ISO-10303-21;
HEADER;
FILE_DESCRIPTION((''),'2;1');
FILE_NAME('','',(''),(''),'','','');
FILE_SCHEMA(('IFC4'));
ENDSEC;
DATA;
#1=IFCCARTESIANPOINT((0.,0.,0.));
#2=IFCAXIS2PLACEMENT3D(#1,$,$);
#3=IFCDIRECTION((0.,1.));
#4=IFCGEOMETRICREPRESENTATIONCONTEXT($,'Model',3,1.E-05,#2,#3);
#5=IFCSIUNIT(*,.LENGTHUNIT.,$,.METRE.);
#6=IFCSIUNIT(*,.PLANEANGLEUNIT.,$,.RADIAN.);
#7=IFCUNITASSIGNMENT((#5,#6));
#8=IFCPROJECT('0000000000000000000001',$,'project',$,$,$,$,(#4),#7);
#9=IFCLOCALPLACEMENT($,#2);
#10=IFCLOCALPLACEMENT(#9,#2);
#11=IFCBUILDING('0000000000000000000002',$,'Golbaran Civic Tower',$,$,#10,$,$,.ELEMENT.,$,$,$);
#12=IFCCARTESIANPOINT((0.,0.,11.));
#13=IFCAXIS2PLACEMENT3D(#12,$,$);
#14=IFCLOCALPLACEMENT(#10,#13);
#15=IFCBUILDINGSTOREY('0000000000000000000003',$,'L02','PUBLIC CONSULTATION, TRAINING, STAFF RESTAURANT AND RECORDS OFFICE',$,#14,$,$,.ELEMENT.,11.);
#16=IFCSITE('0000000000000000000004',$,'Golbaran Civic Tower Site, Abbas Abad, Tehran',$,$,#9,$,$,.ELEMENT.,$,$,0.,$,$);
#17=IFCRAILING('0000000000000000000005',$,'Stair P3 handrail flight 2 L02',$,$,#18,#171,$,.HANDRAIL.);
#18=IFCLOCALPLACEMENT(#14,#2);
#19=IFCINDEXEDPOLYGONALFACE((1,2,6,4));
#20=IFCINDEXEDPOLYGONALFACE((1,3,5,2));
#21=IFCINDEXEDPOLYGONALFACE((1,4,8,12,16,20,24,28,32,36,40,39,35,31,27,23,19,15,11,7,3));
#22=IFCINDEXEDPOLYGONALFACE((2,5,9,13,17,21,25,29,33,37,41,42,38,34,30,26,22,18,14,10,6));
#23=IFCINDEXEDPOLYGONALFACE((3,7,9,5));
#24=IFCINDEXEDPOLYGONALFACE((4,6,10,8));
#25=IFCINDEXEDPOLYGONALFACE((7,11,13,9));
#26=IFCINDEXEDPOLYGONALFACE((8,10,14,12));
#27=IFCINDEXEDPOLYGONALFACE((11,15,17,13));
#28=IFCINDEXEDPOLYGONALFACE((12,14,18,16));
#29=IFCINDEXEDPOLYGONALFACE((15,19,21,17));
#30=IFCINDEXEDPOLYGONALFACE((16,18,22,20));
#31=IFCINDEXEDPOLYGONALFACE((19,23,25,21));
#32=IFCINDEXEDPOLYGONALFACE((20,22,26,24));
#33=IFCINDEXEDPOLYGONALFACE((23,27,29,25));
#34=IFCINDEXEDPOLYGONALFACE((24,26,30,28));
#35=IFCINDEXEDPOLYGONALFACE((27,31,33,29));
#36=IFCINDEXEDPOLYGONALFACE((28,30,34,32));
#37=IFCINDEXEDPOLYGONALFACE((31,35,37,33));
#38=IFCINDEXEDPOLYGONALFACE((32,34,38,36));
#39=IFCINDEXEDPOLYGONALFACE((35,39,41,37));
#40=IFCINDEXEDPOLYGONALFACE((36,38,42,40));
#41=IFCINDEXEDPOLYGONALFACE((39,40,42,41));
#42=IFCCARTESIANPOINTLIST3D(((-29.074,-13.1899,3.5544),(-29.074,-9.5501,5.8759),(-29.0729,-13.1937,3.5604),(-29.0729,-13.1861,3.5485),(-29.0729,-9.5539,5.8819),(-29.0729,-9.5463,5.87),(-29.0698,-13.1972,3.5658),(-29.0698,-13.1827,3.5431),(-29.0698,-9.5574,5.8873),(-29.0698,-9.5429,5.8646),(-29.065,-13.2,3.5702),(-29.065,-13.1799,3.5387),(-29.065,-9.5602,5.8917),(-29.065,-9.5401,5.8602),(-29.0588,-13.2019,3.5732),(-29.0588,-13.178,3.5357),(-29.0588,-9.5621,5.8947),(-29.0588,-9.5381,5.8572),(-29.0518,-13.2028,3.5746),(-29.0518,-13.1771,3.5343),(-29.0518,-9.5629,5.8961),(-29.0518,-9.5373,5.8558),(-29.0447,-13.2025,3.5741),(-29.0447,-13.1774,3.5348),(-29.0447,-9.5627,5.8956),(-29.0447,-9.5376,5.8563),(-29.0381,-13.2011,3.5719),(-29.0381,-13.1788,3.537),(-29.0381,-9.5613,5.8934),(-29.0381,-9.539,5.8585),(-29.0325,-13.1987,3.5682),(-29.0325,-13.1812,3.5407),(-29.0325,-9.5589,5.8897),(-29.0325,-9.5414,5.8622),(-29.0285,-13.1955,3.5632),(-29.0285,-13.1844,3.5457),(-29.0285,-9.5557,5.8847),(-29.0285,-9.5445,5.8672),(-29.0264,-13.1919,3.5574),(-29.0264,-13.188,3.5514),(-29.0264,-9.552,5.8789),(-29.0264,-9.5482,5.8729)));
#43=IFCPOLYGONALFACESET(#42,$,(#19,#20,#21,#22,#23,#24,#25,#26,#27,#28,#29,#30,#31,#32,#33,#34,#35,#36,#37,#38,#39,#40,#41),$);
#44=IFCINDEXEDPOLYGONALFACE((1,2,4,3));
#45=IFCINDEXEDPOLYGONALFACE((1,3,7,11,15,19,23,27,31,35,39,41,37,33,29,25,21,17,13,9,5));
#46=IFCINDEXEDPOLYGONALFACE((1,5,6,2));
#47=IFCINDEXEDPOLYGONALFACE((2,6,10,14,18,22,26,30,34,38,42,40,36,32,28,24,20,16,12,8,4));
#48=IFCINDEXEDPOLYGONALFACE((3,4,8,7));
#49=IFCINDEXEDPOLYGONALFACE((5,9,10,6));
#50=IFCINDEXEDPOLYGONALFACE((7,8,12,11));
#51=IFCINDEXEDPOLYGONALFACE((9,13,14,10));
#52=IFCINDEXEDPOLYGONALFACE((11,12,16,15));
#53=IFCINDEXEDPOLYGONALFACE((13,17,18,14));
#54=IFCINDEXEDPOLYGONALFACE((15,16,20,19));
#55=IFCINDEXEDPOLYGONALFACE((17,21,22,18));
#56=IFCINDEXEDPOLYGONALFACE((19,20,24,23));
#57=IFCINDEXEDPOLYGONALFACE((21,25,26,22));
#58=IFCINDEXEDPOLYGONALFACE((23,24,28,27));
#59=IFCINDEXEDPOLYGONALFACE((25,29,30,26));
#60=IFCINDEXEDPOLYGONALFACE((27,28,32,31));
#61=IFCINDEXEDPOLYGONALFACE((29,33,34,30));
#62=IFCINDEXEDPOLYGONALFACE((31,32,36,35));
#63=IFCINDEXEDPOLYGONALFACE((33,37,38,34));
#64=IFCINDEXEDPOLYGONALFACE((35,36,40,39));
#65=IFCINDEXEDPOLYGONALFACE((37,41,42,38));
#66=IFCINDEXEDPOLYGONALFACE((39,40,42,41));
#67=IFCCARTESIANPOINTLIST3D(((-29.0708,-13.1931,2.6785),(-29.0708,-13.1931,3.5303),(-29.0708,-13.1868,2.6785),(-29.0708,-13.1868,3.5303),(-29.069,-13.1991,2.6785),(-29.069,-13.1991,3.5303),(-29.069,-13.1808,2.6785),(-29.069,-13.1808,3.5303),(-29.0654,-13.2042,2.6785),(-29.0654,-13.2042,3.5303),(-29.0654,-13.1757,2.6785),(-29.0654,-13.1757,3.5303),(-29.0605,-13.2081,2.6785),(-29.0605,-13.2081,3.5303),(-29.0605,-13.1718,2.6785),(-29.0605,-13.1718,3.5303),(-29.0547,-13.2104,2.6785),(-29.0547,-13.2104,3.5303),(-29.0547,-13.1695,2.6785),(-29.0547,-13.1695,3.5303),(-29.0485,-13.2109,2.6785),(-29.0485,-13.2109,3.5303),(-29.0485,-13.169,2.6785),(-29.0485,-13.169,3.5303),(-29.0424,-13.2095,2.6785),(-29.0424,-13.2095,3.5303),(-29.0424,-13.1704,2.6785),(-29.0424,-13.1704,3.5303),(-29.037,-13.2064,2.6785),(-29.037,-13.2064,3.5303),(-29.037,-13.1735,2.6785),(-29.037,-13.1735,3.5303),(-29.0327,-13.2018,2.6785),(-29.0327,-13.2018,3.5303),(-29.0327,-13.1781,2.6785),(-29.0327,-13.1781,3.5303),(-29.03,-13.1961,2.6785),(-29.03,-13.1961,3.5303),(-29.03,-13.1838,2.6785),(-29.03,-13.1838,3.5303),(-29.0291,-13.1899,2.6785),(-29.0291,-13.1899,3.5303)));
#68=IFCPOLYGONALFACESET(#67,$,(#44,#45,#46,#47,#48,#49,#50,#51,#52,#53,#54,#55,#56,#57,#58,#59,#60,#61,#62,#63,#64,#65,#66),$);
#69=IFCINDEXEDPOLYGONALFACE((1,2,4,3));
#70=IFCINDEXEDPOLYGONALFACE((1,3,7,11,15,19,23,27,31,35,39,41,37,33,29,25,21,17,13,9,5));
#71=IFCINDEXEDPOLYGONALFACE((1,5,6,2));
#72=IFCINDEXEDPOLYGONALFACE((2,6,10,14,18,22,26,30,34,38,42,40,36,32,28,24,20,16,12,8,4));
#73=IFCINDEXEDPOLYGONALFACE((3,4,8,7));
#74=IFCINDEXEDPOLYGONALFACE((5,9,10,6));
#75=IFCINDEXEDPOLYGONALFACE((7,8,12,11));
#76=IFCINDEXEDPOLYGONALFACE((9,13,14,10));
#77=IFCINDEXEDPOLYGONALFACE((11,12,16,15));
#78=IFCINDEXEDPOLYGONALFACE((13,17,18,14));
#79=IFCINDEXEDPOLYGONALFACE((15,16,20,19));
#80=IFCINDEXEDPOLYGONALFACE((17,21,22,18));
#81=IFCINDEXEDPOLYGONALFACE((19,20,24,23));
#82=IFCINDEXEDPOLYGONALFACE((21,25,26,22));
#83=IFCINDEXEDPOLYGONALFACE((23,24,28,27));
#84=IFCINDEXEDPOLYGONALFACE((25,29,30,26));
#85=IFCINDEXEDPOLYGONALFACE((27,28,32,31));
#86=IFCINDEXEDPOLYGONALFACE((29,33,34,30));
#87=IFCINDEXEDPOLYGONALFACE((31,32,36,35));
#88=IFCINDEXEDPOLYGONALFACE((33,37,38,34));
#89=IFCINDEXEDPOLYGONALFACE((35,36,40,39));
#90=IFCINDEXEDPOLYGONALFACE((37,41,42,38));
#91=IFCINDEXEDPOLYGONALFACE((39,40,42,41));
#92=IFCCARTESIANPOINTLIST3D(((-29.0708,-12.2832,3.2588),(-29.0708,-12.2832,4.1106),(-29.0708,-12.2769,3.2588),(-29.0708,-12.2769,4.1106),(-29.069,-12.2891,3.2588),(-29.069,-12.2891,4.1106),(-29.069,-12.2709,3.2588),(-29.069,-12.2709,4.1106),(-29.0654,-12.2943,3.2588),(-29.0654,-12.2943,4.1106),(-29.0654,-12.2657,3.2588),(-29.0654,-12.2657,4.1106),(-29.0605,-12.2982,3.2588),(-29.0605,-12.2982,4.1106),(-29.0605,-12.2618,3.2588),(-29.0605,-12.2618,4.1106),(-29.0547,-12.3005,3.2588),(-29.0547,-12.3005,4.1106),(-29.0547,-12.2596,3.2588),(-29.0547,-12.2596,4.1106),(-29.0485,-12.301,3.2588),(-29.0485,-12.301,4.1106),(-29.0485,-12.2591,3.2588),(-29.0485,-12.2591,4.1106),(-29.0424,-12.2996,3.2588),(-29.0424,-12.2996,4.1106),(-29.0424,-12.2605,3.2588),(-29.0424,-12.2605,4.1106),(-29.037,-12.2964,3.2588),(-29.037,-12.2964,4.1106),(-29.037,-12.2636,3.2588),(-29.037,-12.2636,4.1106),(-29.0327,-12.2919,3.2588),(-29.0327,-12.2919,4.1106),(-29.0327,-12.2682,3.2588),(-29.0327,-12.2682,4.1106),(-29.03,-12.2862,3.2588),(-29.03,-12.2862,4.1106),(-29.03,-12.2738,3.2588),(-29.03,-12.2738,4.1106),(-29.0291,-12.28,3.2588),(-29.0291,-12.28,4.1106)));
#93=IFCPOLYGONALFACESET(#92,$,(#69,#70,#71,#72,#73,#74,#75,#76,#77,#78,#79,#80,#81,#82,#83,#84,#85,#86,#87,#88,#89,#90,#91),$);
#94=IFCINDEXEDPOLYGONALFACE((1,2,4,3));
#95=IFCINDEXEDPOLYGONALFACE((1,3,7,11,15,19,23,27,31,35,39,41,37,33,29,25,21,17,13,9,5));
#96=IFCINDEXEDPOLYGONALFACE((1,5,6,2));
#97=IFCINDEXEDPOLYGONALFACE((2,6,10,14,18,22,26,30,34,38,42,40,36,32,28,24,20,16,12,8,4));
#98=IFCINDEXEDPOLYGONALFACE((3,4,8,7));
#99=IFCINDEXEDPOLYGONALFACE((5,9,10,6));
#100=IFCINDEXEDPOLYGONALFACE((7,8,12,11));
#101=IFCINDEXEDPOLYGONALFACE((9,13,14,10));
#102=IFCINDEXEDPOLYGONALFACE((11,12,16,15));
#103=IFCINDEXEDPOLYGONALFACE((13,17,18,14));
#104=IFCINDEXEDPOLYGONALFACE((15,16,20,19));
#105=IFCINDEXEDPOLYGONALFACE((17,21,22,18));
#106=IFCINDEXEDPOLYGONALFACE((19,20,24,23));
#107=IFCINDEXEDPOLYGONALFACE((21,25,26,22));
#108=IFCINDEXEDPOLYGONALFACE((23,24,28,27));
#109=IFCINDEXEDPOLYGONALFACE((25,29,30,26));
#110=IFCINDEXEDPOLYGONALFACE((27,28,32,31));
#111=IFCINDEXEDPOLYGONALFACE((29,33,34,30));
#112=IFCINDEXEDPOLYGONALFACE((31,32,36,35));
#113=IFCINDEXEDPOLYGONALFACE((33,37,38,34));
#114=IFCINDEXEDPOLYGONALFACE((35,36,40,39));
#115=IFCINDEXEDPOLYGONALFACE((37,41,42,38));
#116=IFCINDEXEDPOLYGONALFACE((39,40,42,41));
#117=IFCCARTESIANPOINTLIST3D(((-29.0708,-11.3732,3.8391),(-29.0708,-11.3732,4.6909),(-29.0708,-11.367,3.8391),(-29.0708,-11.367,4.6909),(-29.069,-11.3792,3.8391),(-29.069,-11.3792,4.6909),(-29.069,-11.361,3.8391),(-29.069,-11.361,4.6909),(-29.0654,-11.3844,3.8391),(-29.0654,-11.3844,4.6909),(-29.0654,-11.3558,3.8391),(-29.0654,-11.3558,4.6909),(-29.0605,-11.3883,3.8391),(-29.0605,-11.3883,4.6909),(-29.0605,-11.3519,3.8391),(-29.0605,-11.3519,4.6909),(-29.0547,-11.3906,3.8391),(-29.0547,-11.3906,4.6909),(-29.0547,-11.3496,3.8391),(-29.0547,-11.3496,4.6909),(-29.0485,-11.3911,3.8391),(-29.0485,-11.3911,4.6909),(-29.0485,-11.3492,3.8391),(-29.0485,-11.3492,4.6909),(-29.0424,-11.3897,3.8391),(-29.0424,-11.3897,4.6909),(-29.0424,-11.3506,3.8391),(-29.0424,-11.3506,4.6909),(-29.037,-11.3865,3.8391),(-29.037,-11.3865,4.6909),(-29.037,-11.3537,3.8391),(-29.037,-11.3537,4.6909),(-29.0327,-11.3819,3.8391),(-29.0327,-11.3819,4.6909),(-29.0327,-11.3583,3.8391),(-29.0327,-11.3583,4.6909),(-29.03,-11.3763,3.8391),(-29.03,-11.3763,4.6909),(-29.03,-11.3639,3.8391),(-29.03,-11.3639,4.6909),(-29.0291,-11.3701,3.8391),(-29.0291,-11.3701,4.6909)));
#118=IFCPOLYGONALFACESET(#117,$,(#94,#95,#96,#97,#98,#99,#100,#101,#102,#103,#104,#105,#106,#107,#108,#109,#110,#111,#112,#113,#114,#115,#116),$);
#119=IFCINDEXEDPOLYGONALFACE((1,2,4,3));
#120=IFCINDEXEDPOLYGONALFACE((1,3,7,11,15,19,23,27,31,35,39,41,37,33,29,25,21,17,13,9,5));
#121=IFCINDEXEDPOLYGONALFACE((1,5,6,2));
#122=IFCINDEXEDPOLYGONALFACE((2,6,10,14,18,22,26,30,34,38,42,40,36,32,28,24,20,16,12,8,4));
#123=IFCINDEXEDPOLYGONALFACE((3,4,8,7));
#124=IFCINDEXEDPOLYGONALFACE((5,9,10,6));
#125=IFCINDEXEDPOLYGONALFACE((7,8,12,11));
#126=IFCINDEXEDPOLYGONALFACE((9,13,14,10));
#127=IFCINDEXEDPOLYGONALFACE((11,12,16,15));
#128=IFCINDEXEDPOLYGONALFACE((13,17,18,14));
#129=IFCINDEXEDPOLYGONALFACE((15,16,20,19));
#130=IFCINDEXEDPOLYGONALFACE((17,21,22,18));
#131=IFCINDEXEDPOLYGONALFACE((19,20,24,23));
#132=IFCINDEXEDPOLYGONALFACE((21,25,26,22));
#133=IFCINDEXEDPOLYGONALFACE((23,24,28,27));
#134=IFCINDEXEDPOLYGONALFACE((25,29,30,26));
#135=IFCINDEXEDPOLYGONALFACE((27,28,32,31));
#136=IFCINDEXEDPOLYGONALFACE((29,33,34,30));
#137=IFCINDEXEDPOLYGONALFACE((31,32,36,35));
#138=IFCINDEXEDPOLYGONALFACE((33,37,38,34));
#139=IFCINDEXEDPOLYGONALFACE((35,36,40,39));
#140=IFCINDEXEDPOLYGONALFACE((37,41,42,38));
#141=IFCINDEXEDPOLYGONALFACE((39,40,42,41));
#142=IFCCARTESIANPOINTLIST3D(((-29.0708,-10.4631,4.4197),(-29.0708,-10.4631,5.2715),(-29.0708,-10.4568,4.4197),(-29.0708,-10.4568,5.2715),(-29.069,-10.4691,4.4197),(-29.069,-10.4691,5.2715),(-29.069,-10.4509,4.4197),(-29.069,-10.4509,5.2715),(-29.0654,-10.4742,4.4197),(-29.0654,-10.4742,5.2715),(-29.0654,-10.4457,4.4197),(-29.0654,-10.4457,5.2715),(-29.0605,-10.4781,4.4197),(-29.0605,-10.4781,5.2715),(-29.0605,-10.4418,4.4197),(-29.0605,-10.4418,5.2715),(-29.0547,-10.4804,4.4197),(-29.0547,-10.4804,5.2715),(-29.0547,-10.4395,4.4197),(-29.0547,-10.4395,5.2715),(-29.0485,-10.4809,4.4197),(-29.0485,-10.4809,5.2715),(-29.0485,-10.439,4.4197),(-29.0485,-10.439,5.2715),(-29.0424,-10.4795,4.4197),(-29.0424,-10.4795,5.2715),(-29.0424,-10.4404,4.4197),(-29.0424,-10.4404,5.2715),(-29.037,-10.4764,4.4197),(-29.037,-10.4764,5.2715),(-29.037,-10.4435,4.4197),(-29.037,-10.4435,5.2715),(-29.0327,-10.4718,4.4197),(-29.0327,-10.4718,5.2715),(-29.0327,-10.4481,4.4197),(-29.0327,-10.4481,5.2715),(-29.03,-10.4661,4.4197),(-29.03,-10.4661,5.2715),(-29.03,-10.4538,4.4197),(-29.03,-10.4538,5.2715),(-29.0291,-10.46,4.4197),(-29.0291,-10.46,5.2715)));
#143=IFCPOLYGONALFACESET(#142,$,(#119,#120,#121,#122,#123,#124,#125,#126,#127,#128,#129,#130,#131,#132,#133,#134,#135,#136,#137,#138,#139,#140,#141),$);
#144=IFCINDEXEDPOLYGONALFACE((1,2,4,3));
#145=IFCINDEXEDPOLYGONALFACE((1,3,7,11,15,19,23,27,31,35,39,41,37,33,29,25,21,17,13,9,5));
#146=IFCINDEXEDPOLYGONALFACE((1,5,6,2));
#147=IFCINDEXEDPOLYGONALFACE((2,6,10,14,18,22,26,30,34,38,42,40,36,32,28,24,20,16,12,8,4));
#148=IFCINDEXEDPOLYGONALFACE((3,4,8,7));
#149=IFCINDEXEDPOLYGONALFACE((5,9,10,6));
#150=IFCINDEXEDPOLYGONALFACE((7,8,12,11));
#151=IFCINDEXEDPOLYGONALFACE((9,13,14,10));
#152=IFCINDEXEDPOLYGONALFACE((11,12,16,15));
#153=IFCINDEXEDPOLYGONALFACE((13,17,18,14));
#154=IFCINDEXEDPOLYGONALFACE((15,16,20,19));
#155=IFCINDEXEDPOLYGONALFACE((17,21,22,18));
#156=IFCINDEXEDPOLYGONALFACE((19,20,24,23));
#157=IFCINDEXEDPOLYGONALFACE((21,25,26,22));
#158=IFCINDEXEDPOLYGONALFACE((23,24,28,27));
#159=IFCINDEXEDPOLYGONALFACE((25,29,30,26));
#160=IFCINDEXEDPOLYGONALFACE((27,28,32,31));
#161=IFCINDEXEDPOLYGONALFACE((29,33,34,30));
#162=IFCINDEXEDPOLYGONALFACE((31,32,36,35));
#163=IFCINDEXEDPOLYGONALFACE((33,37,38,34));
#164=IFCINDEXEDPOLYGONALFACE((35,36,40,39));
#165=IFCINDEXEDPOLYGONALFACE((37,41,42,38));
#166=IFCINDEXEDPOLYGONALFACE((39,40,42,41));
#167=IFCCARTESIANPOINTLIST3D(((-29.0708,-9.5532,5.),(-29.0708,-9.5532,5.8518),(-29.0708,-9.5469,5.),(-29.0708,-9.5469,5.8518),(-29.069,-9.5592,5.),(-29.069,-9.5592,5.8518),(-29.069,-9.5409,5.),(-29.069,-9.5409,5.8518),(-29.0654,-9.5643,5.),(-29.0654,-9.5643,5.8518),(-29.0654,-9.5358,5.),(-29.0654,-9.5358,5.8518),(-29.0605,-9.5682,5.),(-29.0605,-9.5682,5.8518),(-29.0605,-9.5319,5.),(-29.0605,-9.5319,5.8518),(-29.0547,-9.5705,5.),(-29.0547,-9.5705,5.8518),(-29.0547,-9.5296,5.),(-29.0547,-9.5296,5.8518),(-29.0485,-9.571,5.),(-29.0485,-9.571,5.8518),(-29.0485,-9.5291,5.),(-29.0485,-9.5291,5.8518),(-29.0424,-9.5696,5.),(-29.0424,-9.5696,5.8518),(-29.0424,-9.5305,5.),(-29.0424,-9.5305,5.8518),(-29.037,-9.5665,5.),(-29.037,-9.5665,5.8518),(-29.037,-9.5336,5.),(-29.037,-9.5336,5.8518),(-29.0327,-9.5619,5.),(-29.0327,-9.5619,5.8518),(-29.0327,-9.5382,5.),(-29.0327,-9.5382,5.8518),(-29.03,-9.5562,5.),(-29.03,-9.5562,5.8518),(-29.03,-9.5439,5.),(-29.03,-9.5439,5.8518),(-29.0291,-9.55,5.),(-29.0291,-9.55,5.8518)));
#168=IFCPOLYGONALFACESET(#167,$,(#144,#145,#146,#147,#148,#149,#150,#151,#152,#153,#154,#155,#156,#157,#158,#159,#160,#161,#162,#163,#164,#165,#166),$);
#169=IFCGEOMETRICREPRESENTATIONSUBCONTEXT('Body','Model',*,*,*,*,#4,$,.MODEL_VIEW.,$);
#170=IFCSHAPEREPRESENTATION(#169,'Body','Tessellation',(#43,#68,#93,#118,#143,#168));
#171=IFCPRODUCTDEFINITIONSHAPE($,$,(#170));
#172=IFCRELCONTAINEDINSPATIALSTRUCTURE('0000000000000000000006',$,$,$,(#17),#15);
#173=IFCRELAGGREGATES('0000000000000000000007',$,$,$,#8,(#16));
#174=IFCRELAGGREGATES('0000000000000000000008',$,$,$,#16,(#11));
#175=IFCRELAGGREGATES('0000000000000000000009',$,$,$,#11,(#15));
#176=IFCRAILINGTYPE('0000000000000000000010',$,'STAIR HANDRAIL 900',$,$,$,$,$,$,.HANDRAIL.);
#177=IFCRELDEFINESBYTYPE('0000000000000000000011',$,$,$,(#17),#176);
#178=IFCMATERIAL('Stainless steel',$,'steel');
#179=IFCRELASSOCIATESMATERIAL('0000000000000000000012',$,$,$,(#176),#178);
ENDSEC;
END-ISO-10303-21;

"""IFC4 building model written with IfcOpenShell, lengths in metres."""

from ifc_helpers import new_model, si_unit, direction, frame, origin, origin_2d, place, context, subcontext, project, spatial, circle, extrude, material, type_object, element, save


model = new_model("IFC4")

# Units and contexts
model_context = context("Model", 3, precision=1e-05, world=origin(), true_north=direction((0.0, 1.0)))
body_context = subcontext(model_context, "Body", "Model", "MODEL_VIEW")
ifc_project = project(units=[si_unit("LENGTHUNIT", "METRE"), si_unit("PLANEANGLEUNIT", "RADIAN")], contexts=[model_context])

# Site, building, storey
site_placement = place(None, origin())
site = spatial("IfcSite", under=ifc_project, at=site_placement, Name="Golbaran Civic Tower Site, Abbas Abad, Tehran", CompositionType="ELEMENT", RefElevation=0.0)
building_placement = place(site_placement, origin())
building = spatial("IfcBuilding", under=site, at=building_placement, Name="Golbaran Civic Tower", CompositionType="ELEMENT")
storey_placement = place(building_placement, frame((0.0, 0.0, 11.0)))
storey = spatial("IfcBuildingStorey", under=building, at=storey_placement, Name="L02", Description="PUBLIC CONSULTATION, TRAINING, STAFF RESTAURANT AND RECORDS OFFICE", CompositionType="ELEMENT", Elevation=11.0)

# Railing
ifc_material_1 = material(Name="Stainless steel", Category="steel")
railing_type_1 = type_object("IfcRailingType", Name="STAIR HANDRAIL 900", PredefinedType="HANDRAIL", material=ifc_material_1)
railing_1_placement = place(storey_placement, frame((-29.05, -13.1899, 2.6785)))
element("IfcRailing", 1, at=railing_1_placement, inside=storey, type_object=railing_type_1, Name="Stair P3 handrail flight 2 L02", PredefinedType="HANDRAIL", context=body_context, shape_type="SweptSolid", body=[
    extrude(circle(Radius=0.0239, at=origin_2d()), frame((0.0, 0.0, 0.876), z_axis=(0.0, 0.843112, 0.537739), x_axis=(-1.0, 0.0, 0.0)), (0.0, 0.0, 1.0), 4.3171),
    extrude(circle(Radius=0.021, at=origin_2d()), origin(), (0.0, 0.0, 1.0), 0.8518),
    extrude(circle(Radius=0.021, at=origin_2d()), frame((0.0, 0.9099, 0.5803)), (0.0, 0.0, 1.0), 0.8518),
    extrude(circle(Radius=0.021, at=origin_2d()), frame((0.0, 1.8198, 1.1606)), (0.0, 0.0, 1.0), 0.8518),
    extrude(circle(Radius=0.021, at=origin_2d()), frame((0.0, 2.73, 1.7412)), (0.0, 0.0, 1.0), 0.8518),
    extrude(circle(Radius=0.021, at=origin_2d()), frame((0.0, 3.6399, 2.3215)), (0.0, 0.0, 1.0), 0.8518),
])

save(model, "model.ifc")
